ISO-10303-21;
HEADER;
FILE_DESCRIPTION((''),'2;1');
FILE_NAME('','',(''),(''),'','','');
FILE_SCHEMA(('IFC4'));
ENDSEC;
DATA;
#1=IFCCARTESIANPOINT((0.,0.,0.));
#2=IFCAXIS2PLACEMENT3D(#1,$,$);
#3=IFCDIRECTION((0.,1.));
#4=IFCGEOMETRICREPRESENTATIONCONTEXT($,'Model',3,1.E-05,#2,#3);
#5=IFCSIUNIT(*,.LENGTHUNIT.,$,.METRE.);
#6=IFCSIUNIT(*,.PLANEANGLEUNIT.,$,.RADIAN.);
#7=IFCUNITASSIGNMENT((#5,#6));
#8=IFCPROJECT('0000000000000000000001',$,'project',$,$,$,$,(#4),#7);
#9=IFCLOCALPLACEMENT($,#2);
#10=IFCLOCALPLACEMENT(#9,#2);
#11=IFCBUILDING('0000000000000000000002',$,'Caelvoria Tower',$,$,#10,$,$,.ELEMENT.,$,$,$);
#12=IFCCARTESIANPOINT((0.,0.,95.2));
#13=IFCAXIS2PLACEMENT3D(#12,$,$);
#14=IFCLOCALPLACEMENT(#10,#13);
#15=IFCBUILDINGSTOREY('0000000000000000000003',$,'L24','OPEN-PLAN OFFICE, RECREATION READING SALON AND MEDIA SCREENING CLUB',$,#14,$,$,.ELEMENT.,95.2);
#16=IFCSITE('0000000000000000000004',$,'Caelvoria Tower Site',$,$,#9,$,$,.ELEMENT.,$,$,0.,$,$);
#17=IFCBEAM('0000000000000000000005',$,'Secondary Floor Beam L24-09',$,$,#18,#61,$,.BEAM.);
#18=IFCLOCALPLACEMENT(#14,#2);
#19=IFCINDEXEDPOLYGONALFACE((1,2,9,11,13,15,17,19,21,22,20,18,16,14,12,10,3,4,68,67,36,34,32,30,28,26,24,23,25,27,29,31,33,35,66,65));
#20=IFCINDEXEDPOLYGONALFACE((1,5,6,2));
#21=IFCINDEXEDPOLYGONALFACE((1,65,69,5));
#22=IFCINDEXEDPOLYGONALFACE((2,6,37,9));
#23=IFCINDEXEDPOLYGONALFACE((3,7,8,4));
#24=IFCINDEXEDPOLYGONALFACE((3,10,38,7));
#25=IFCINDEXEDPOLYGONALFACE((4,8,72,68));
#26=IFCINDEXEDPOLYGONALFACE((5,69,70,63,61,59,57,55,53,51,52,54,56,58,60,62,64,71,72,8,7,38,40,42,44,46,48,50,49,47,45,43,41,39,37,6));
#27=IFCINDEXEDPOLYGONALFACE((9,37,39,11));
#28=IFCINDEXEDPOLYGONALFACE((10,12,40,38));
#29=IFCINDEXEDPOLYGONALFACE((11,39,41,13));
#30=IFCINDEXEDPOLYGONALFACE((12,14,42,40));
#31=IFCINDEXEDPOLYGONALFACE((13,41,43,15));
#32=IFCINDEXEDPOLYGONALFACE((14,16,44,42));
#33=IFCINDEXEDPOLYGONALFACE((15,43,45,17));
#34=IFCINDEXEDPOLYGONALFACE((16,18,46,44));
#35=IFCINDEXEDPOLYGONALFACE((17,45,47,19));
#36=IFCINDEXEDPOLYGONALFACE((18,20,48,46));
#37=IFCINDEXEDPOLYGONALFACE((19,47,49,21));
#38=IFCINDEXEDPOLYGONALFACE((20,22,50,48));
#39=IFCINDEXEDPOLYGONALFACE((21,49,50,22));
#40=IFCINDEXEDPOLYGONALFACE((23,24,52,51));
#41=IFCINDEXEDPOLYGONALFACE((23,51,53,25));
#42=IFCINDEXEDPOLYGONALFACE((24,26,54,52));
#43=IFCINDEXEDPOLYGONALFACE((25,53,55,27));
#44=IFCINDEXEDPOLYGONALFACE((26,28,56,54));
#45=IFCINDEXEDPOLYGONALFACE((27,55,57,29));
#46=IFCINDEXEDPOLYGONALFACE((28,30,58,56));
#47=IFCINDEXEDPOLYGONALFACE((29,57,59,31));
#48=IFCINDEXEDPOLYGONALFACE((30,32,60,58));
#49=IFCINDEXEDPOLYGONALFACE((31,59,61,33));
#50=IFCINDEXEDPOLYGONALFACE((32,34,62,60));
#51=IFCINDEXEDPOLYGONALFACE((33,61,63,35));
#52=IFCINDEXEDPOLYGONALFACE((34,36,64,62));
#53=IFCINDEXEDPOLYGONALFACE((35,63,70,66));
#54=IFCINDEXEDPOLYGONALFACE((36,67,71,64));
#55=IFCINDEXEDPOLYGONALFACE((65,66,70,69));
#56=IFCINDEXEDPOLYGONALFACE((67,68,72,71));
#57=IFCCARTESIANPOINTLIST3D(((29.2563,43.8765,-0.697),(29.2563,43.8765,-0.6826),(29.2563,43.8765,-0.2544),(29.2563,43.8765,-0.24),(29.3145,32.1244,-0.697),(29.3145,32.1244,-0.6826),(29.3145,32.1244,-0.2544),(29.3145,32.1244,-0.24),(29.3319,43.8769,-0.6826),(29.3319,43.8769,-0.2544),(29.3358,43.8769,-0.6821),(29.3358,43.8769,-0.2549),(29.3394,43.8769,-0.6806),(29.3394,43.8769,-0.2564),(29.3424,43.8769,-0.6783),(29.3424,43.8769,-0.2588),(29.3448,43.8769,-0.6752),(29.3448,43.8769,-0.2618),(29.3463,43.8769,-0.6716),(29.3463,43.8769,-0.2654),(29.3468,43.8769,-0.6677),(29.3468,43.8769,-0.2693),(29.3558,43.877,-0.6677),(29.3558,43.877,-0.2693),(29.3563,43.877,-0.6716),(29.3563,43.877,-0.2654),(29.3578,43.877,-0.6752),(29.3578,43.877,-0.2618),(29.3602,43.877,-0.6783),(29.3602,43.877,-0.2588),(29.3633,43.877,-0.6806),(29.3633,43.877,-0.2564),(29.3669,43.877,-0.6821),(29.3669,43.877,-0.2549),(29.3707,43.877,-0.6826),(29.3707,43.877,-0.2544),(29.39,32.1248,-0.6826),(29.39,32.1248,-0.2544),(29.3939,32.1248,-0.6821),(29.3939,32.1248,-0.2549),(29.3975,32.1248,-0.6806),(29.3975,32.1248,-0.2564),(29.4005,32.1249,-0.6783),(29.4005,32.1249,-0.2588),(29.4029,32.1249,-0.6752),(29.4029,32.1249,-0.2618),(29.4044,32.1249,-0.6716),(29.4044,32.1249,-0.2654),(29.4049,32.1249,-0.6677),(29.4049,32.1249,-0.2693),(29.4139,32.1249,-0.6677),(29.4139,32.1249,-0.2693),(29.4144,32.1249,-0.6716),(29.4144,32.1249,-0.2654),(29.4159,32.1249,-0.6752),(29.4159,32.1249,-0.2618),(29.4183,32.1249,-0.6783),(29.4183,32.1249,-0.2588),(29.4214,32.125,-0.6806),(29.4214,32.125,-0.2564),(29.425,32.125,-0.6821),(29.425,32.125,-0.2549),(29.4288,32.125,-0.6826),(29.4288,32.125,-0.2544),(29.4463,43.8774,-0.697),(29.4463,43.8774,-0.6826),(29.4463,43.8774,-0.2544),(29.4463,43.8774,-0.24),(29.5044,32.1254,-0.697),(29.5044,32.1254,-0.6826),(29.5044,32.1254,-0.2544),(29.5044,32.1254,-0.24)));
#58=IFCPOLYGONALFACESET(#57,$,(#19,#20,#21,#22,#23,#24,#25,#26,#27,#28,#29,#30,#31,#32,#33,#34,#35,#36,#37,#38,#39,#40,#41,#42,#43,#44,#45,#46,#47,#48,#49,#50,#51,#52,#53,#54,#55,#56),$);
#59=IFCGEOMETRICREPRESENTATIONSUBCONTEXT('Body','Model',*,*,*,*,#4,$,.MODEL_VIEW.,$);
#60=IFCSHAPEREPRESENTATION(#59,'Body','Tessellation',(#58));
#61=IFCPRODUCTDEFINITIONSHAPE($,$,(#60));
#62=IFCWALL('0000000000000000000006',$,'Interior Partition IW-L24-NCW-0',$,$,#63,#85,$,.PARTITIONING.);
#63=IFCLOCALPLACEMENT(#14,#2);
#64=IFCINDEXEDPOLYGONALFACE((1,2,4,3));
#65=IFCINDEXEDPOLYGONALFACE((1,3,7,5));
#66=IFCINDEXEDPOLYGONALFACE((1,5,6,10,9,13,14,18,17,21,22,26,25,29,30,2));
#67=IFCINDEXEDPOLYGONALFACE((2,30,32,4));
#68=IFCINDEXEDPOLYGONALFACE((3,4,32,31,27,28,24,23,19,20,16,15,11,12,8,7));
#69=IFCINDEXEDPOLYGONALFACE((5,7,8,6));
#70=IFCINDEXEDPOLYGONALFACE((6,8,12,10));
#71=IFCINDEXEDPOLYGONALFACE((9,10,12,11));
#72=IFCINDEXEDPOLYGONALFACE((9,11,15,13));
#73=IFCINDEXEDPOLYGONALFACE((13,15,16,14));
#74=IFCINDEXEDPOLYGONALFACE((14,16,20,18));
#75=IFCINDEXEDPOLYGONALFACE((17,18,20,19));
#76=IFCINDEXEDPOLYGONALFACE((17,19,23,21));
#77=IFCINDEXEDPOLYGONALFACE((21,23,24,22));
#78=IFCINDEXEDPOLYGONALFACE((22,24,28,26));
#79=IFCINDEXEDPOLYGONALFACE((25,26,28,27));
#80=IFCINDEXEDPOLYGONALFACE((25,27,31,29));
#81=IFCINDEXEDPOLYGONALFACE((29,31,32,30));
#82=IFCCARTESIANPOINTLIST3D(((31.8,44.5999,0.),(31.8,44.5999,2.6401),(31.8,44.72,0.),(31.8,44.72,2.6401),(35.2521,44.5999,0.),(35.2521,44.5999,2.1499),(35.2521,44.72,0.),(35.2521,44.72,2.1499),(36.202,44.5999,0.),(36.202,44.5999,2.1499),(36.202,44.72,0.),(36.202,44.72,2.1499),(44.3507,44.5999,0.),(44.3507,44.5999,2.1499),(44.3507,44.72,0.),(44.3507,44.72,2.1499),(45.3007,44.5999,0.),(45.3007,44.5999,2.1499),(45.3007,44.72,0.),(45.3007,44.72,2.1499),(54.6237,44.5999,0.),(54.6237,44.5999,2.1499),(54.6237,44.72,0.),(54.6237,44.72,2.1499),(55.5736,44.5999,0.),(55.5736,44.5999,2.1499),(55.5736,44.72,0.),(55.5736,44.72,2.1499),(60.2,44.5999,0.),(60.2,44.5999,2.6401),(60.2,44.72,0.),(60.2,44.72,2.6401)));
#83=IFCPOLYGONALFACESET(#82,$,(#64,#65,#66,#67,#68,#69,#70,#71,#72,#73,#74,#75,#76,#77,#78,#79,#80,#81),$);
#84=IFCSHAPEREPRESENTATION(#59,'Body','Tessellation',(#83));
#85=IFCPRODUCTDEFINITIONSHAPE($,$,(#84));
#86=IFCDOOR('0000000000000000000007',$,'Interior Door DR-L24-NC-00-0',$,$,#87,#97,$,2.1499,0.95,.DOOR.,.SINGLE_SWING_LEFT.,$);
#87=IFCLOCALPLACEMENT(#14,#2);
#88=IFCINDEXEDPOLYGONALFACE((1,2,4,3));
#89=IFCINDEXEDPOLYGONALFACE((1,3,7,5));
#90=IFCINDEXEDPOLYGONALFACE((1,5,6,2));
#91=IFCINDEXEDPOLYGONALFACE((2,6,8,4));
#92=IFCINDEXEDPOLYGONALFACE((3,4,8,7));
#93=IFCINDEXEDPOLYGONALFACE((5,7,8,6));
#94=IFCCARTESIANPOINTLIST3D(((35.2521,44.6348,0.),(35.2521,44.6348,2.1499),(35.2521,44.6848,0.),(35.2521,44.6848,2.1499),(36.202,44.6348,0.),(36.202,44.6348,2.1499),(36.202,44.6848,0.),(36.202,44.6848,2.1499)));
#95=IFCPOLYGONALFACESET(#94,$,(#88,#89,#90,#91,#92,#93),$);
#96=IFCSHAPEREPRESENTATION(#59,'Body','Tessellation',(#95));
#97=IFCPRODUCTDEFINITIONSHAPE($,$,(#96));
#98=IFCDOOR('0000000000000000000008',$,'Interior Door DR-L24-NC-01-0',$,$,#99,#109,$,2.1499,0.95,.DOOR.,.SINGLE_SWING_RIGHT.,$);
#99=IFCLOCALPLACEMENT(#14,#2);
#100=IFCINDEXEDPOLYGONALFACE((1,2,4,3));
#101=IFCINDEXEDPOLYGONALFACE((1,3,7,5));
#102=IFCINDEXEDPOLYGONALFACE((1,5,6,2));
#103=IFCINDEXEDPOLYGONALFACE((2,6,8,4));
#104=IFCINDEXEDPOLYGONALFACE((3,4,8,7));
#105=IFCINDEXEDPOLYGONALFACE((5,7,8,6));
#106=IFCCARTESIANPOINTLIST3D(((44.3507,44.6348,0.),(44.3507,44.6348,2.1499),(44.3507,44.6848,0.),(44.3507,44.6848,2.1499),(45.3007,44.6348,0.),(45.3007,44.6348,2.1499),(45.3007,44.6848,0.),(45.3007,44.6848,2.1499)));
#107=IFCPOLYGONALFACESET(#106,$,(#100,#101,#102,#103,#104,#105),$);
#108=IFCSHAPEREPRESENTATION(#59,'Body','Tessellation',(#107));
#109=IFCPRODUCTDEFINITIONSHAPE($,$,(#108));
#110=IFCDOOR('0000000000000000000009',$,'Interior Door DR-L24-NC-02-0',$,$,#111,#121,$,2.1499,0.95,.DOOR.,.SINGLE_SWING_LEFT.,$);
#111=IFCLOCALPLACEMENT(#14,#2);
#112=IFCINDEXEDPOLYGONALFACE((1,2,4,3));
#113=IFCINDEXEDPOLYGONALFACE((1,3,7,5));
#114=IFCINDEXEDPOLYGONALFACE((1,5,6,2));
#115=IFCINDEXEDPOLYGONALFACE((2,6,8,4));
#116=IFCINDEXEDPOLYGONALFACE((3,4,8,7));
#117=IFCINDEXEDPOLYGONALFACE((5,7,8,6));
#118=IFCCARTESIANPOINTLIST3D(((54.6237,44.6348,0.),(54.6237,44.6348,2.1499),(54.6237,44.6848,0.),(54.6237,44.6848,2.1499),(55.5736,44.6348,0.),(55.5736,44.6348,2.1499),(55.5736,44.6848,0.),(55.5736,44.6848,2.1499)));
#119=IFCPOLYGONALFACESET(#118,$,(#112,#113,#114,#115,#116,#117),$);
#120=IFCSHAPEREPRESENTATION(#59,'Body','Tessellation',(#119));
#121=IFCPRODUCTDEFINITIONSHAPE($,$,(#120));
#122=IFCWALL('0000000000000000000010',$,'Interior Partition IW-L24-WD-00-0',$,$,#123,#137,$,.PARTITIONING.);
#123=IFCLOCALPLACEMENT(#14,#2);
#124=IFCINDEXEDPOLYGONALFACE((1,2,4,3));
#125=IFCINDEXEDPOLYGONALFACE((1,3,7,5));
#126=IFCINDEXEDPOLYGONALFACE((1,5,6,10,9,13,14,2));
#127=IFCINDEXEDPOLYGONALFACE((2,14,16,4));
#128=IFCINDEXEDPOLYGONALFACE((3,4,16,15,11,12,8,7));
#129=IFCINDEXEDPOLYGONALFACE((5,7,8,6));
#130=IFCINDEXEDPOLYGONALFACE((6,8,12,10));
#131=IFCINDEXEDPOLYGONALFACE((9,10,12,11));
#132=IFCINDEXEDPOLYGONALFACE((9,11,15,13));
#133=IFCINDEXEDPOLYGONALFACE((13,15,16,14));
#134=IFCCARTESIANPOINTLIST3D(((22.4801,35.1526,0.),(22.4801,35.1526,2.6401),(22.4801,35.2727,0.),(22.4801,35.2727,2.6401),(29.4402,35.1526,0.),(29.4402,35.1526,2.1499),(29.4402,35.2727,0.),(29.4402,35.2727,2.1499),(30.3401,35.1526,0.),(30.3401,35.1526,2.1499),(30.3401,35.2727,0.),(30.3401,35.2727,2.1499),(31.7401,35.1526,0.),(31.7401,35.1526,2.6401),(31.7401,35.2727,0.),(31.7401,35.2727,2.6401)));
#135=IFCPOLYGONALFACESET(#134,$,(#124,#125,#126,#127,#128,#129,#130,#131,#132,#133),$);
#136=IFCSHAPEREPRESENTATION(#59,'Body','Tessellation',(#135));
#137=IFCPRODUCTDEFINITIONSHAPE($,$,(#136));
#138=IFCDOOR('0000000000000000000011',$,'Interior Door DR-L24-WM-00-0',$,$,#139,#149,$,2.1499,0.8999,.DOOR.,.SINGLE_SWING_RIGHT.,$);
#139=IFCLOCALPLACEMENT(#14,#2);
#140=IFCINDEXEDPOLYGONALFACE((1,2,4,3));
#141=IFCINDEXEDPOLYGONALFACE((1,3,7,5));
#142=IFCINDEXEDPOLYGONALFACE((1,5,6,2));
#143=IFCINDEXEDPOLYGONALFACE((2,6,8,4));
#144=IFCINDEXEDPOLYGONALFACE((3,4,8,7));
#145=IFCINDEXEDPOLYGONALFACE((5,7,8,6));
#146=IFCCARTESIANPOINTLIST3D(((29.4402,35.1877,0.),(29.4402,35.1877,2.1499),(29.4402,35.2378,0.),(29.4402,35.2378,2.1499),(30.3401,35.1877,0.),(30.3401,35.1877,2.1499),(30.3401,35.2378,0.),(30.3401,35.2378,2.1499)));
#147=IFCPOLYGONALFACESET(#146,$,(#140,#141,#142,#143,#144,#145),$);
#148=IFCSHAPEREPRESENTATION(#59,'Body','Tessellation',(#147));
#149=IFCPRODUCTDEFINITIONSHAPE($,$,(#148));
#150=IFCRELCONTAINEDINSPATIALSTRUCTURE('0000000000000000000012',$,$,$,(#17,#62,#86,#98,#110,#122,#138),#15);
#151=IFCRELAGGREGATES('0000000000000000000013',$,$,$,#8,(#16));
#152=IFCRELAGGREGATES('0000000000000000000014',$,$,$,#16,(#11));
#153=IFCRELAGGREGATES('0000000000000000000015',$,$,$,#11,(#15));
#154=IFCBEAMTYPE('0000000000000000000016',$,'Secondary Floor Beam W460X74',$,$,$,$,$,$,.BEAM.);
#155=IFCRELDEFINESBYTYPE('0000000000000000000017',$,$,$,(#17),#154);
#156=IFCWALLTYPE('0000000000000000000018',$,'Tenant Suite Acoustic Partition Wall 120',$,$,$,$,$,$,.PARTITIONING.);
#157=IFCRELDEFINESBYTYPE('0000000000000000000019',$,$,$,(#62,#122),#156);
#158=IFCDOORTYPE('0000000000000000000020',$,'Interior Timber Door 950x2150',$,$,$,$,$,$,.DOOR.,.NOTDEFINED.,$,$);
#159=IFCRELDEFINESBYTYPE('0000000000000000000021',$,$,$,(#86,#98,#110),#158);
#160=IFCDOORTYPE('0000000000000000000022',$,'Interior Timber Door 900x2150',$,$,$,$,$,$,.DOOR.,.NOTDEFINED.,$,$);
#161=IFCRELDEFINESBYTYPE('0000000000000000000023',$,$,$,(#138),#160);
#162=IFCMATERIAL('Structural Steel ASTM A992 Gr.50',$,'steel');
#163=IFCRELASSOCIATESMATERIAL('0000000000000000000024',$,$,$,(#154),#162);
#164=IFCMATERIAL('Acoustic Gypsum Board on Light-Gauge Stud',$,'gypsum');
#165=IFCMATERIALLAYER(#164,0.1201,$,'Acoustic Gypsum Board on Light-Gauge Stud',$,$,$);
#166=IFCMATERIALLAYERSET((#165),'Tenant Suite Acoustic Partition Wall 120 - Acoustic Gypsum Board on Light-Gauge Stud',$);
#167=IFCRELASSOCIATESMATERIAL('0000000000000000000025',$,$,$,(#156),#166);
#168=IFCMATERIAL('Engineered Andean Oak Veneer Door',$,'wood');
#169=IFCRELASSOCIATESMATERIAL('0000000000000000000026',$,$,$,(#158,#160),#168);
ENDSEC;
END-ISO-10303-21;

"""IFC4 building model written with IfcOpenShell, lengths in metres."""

from ifc_helpers import new_model, si_unit, direction, frame, frame_2d, origin, origin_2d, place, context, subcontext, project, spatial, rectangle, i_section, extrude, material, layer, layer_set, material_profile, profile_set, type_object, element, fill, save


model = new_model("IFC4")

# Units and contexts
model_context = context("Model", 3, precision=1e-05, world=origin(), true_north=direction((0.0, 1.0)))
body_context = subcontext(model_context, "Body", "Model", "MODEL_VIEW")
ifc_project = project(units=[si_unit("LENGTHUNIT", "METRE"), si_unit("PLANEANGLEUNIT", "RADIAN")], contexts=[model_context])

# Site, building, storey
site_placement = place(None, origin())
site = spatial("IfcSite", under=ifc_project, at=site_placement, Name="Caelvoria Tower Site", CompositionType="ELEMENT", RefElevation=0.0)
building_placement = place(site_placement, origin())
building = spatial("IfcBuilding", under=site, at=building_placement, Name="Caelvoria Tower", CompositionType="ELEMENT")
storey_placement = place(building_placement, frame((0.0, 0.0, 95.2)))
storey = spatial("IfcBuildingStorey", under=building, at=storey_placement, Name="L24", Description="OPEN-PLAN OFFICE, RECREATION READING SALON AND MEDIA SCREENING CLUB", CompositionType="ELEMENT", Elevation=95.2)

# Beam
ifc_material_1 = material(Name="Structural Steel ASTM A992 Gr.50", Category="steel")
ifc_material_profile = material_profile(ifc_material_1, i_section(OverallWidth=0.1899, OverallDepth=0.457, WebThickness=0.009, FlangeThickness=0.0144, FilletRadius=0.0149, at=origin_2d()), Name="Structural Steel ASTM A992 Gr.50")
ifc_profile_set = profile_set([ifc_material_profile], Name="W460X74 - Structural Steel ASTM A992 Gr.50")
beam_type = type_object("IfcBeamType", Name="Secondary Floor Beam W460X74", PredefinedType="BEAM", material=ifc_profile_set)
beam_placement = place(storey_placement, frame((29.3513, 43.877, -0.4685), z_axis=(0.004944, -0.999988, 0.0), x_axis=(0.999988, 0.004944, 0.0)))
element("IfcBeam", 1, at=beam_placement, inside=storey, type_object=beam_type, Name="Secondary Floor Beam L24-09", PredefinedType="BEAM", context=body_context, shape_type="SweptSolid", body=[
    extrude(i_section(OverallWidth=0.1899, OverallDepth=0.457, WebThickness=0.009, FlangeThickness=0.0144, FilletRadius=0.0149, at=origin_2d()), origin(), (0.0, 0.0, 1.0), 11.7522),
])

# Wall, openings, doors
ifc_material_2 = material(Name="Acoustic Gypsum Board on Light-Gauge Stud", Category="gypsum")
ifc_layer_1 = layer(ifc_material_2, 0.1201, Name="Acoustic Gypsum Board on Light-Gauge Stud")
ifc_layer_set_1 = layer_set([ifc_layer_1], Name="Tenant Suite Acoustic Partition Wall 120 - Acoustic Gypsum Board on Light-Gauge Stud")
wall_type = type_object("IfcWallType", Name="Tenant Suite Acoustic Partition Wall 120", PredefinedType="PARTITIONING", material=ifc_layer_set_1)
wall_1_placement = place(storey_placement, frame((31.8, 44.6599, 0.0), z_axis=(0.0, 0.0, 1.0), x_axis=(1.0, 0.0, 0.0)))
wall_1 = element("IfcWall", 2, at=wall_1_placement, inside=storey, type_object=wall_type, Name="Interior Partition IW-L24-NCW-0", PredefinedType="PARTITIONING", context=body_context, shape_type="SweptSolid", body=[
    extrude(rectangle(XDim=28.3999, YDim=0.1201, at=frame_2d((14.2, 0.0))), origin(), (0.0, 0.0, 1.0), 2.6401),
])
opening_1_placement = place(wall_1_placement, frame((3.4519, 0.0, 0.0)))
opening_1 = element("IfcOpeningElement", 3, at=opening_1_placement, cuts=wall_1, PredefinedType="OPENING", context=body_context, shape_type="SweptSolid", body=[
    extrude(rectangle(XDim=0.95, YDim=2.1499, at=frame_2d((0.4751, 1.075))), frame((0.0, 0.0701, 0.0), z_axis=(0.0, -1.0, 0.0), x_axis=(1.0, 0.0, 0.0)), (0.0, 0.0, 1.0), 0.1401),
])
opening_2_placement = place(wall_1_placement, frame((12.5505, 0.0, 0.0)))
opening_2 = element("IfcOpeningElement", 4, at=opening_2_placement, cuts=wall_1, PredefinedType="OPENING", context=body_context, shape_type="SweptSolid", body=[
    extrude(rectangle(XDim=0.95, YDim=2.1499, at=frame_2d((0.4751, 1.075))), frame((0.0, 0.0701, 0.0), z_axis=(0.0, -1.0, 0.0), x_axis=(1.0, 0.0, 0.0)), (0.0, 0.0, 1.0), 0.1401),
])
opening_3_placement = place(wall_1_placement, frame((22.8235, 0.0, 0.0)))
opening_3 = element("IfcOpeningElement", 5, at=opening_3_placement, cuts=wall_1, PredefinedType="OPENING", context=body_context, shape_type="SweptSolid", body=[
    extrude(rectangle(XDim=0.95, YDim=2.1499, at=frame_2d((0.4751, 1.075))), frame((0.0, 0.0701, 0.0), z_axis=(0.0, -1.0, 0.0), x_axis=(1.0, 0.0, 0.0)), (0.0, 0.0, 1.0), 0.1401),
])
ifc_material_3 = material(Name="Engineered Andean Oak Veneer Door", Category="wood")
door_type_1 = type_object("IfcDoorType", Name="Interior Timber Door 950x2150", OperationType="NOTDEFINED", PredefinedType="DOOR", material=ifc_material_3)
door_1_placement = place(opening_1_placement, origin())
door_1 = element("IfcDoor", 6, at=door_1_placement, inside=storey, type_object=door_type_1, Name="Interior Door DR-L24-NC-00-0", OperationType="SINGLE_SWING_LEFT", OverallHeight=2.1499, OverallWidth=0.95, PredefinedType="DOOR", context=body_context, shape_type="SweptSolid", body=[
    extrude(rectangle(XDim=0.95, YDim=2.1499, at=frame_2d((0.4751, 1.075))), frame((0.0, 0.0249, 0.0), z_axis=(0.0, -1.0, 0.0), x_axis=(1.0, 0.0, 0.0)), (0.0, 0.0, 1.0), 0.05),
])
fill(opening_1, door_1)
door_2_placement = place(opening_2_placement, origin())
door_2 = element("IfcDoor", 7, at=door_2_placement, inside=storey, type_object=door_type_1, Name="Interior Door DR-L24-NC-01-0", OperationType="SINGLE_SWING_RIGHT", OverallHeight=2.1499, OverallWidth=0.95, PredefinedType="DOOR", context=body_context, shape_type="SweptSolid", body=[
    extrude(rectangle(XDim=0.95, YDim=2.1499, at=frame_2d((0.4751, 1.075))), frame((0.0, 0.0249, 0.0), z_axis=(0.0, -1.0, 0.0), x_axis=(1.0, 0.0, 0.0)), (0.0, 0.0, 1.0), 0.05),
])
fill(opening_2, door_2)
door_3_placement = place(opening_3_placement, origin())
door_3 = element("IfcDoor", 8, at=door_3_placement, inside=storey, type_object=door_type_1, Name="Interior Door DR-L24-NC-02-0", OperationType="SINGLE_SWING_LEFT", OverallHeight=2.1499, OverallWidth=0.95, PredefinedType="DOOR", context=body_context, shape_type="SweptSolid", body=[
    extrude(rectangle(XDim=0.95, YDim=2.1499, at=frame_2d((0.4751, 1.075))), frame((0.0, 0.0249, 0.0), z_axis=(0.0, -1.0, 0.0), x_axis=(1.0, 0.0, 0.0)), (0.0, 0.0, 1.0), 0.05),
])
fill(opening_3, door_3)

# Wall, opening, door
wall_2_placement = place(storey_placement, frame((31.74, 35.2126, 0.0), z_axis=(0.0, 0.0, 1.0), x_axis=(-1.0, 0.0, 0.0)))
wall_2 = element("IfcWall", 9, at=wall_2_placement, inside=storey, type_object=wall_type, Name="Interior Partition IW-L24-WD-00-0", PredefinedType="PARTITIONING", context=body_context, shape_type="SweptSolid", body=[
    extrude(rectangle(XDim=9.26, YDim=0.1201, at=frame_2d((4.6299, 0.0))), origin(), (0.0, 0.0, 1.0), 2.6401),
])
opening_4_placement = place(wall_2_placement, frame((1.3999, 0.0, 0.0)))
opening_4 = element("IfcOpeningElement", 10, at=opening_4_placement, cuts=wall_2, PredefinedType="OPENING", context=body_context, shape_type="SweptSolid", body=[
    extrude(rectangle(XDim=0.8999, YDim=2.1499, at=frame_2d((0.45, 1.075))), frame((0.0, 0.0701, 0.0), z_axis=(0.0, -1.0, 0.0), x_axis=(1.0, 0.0, 0.0)), (0.0, 0.0, 1.0), 0.1401),
])
door_type_2 = type_object("IfcDoorType", Name="Interior Timber Door 900x2150", OperationType="NOTDEFINED", PredefinedType="DOOR", material=ifc_material_3)
door_4_placement = place(opening_4_placement, origin())
door_4 = element("IfcDoor", 11, at=door_4_placement, inside=storey, type_object=door_type_2, Name="Interior Door DR-L24-WM-00-0", OperationType="SINGLE_SWING_RIGHT", OverallHeight=2.1499, OverallWidth=0.8999, PredefinedType="DOOR", context=body_context, shape_type="SweptSolid", body=[
    extrude(rectangle(XDim=0.8999, YDim=2.1499, at=frame_2d((0.45, 1.075))), frame((0.0, 0.0249, 0.0), z_axis=(0.0, -1.0, 0.0), x_axis=(1.0, 0.0, 0.0)), (0.0, 0.0, 1.0), 0.05),
])
fill(opening_4, door_4)

save(model, "model.ifc")
